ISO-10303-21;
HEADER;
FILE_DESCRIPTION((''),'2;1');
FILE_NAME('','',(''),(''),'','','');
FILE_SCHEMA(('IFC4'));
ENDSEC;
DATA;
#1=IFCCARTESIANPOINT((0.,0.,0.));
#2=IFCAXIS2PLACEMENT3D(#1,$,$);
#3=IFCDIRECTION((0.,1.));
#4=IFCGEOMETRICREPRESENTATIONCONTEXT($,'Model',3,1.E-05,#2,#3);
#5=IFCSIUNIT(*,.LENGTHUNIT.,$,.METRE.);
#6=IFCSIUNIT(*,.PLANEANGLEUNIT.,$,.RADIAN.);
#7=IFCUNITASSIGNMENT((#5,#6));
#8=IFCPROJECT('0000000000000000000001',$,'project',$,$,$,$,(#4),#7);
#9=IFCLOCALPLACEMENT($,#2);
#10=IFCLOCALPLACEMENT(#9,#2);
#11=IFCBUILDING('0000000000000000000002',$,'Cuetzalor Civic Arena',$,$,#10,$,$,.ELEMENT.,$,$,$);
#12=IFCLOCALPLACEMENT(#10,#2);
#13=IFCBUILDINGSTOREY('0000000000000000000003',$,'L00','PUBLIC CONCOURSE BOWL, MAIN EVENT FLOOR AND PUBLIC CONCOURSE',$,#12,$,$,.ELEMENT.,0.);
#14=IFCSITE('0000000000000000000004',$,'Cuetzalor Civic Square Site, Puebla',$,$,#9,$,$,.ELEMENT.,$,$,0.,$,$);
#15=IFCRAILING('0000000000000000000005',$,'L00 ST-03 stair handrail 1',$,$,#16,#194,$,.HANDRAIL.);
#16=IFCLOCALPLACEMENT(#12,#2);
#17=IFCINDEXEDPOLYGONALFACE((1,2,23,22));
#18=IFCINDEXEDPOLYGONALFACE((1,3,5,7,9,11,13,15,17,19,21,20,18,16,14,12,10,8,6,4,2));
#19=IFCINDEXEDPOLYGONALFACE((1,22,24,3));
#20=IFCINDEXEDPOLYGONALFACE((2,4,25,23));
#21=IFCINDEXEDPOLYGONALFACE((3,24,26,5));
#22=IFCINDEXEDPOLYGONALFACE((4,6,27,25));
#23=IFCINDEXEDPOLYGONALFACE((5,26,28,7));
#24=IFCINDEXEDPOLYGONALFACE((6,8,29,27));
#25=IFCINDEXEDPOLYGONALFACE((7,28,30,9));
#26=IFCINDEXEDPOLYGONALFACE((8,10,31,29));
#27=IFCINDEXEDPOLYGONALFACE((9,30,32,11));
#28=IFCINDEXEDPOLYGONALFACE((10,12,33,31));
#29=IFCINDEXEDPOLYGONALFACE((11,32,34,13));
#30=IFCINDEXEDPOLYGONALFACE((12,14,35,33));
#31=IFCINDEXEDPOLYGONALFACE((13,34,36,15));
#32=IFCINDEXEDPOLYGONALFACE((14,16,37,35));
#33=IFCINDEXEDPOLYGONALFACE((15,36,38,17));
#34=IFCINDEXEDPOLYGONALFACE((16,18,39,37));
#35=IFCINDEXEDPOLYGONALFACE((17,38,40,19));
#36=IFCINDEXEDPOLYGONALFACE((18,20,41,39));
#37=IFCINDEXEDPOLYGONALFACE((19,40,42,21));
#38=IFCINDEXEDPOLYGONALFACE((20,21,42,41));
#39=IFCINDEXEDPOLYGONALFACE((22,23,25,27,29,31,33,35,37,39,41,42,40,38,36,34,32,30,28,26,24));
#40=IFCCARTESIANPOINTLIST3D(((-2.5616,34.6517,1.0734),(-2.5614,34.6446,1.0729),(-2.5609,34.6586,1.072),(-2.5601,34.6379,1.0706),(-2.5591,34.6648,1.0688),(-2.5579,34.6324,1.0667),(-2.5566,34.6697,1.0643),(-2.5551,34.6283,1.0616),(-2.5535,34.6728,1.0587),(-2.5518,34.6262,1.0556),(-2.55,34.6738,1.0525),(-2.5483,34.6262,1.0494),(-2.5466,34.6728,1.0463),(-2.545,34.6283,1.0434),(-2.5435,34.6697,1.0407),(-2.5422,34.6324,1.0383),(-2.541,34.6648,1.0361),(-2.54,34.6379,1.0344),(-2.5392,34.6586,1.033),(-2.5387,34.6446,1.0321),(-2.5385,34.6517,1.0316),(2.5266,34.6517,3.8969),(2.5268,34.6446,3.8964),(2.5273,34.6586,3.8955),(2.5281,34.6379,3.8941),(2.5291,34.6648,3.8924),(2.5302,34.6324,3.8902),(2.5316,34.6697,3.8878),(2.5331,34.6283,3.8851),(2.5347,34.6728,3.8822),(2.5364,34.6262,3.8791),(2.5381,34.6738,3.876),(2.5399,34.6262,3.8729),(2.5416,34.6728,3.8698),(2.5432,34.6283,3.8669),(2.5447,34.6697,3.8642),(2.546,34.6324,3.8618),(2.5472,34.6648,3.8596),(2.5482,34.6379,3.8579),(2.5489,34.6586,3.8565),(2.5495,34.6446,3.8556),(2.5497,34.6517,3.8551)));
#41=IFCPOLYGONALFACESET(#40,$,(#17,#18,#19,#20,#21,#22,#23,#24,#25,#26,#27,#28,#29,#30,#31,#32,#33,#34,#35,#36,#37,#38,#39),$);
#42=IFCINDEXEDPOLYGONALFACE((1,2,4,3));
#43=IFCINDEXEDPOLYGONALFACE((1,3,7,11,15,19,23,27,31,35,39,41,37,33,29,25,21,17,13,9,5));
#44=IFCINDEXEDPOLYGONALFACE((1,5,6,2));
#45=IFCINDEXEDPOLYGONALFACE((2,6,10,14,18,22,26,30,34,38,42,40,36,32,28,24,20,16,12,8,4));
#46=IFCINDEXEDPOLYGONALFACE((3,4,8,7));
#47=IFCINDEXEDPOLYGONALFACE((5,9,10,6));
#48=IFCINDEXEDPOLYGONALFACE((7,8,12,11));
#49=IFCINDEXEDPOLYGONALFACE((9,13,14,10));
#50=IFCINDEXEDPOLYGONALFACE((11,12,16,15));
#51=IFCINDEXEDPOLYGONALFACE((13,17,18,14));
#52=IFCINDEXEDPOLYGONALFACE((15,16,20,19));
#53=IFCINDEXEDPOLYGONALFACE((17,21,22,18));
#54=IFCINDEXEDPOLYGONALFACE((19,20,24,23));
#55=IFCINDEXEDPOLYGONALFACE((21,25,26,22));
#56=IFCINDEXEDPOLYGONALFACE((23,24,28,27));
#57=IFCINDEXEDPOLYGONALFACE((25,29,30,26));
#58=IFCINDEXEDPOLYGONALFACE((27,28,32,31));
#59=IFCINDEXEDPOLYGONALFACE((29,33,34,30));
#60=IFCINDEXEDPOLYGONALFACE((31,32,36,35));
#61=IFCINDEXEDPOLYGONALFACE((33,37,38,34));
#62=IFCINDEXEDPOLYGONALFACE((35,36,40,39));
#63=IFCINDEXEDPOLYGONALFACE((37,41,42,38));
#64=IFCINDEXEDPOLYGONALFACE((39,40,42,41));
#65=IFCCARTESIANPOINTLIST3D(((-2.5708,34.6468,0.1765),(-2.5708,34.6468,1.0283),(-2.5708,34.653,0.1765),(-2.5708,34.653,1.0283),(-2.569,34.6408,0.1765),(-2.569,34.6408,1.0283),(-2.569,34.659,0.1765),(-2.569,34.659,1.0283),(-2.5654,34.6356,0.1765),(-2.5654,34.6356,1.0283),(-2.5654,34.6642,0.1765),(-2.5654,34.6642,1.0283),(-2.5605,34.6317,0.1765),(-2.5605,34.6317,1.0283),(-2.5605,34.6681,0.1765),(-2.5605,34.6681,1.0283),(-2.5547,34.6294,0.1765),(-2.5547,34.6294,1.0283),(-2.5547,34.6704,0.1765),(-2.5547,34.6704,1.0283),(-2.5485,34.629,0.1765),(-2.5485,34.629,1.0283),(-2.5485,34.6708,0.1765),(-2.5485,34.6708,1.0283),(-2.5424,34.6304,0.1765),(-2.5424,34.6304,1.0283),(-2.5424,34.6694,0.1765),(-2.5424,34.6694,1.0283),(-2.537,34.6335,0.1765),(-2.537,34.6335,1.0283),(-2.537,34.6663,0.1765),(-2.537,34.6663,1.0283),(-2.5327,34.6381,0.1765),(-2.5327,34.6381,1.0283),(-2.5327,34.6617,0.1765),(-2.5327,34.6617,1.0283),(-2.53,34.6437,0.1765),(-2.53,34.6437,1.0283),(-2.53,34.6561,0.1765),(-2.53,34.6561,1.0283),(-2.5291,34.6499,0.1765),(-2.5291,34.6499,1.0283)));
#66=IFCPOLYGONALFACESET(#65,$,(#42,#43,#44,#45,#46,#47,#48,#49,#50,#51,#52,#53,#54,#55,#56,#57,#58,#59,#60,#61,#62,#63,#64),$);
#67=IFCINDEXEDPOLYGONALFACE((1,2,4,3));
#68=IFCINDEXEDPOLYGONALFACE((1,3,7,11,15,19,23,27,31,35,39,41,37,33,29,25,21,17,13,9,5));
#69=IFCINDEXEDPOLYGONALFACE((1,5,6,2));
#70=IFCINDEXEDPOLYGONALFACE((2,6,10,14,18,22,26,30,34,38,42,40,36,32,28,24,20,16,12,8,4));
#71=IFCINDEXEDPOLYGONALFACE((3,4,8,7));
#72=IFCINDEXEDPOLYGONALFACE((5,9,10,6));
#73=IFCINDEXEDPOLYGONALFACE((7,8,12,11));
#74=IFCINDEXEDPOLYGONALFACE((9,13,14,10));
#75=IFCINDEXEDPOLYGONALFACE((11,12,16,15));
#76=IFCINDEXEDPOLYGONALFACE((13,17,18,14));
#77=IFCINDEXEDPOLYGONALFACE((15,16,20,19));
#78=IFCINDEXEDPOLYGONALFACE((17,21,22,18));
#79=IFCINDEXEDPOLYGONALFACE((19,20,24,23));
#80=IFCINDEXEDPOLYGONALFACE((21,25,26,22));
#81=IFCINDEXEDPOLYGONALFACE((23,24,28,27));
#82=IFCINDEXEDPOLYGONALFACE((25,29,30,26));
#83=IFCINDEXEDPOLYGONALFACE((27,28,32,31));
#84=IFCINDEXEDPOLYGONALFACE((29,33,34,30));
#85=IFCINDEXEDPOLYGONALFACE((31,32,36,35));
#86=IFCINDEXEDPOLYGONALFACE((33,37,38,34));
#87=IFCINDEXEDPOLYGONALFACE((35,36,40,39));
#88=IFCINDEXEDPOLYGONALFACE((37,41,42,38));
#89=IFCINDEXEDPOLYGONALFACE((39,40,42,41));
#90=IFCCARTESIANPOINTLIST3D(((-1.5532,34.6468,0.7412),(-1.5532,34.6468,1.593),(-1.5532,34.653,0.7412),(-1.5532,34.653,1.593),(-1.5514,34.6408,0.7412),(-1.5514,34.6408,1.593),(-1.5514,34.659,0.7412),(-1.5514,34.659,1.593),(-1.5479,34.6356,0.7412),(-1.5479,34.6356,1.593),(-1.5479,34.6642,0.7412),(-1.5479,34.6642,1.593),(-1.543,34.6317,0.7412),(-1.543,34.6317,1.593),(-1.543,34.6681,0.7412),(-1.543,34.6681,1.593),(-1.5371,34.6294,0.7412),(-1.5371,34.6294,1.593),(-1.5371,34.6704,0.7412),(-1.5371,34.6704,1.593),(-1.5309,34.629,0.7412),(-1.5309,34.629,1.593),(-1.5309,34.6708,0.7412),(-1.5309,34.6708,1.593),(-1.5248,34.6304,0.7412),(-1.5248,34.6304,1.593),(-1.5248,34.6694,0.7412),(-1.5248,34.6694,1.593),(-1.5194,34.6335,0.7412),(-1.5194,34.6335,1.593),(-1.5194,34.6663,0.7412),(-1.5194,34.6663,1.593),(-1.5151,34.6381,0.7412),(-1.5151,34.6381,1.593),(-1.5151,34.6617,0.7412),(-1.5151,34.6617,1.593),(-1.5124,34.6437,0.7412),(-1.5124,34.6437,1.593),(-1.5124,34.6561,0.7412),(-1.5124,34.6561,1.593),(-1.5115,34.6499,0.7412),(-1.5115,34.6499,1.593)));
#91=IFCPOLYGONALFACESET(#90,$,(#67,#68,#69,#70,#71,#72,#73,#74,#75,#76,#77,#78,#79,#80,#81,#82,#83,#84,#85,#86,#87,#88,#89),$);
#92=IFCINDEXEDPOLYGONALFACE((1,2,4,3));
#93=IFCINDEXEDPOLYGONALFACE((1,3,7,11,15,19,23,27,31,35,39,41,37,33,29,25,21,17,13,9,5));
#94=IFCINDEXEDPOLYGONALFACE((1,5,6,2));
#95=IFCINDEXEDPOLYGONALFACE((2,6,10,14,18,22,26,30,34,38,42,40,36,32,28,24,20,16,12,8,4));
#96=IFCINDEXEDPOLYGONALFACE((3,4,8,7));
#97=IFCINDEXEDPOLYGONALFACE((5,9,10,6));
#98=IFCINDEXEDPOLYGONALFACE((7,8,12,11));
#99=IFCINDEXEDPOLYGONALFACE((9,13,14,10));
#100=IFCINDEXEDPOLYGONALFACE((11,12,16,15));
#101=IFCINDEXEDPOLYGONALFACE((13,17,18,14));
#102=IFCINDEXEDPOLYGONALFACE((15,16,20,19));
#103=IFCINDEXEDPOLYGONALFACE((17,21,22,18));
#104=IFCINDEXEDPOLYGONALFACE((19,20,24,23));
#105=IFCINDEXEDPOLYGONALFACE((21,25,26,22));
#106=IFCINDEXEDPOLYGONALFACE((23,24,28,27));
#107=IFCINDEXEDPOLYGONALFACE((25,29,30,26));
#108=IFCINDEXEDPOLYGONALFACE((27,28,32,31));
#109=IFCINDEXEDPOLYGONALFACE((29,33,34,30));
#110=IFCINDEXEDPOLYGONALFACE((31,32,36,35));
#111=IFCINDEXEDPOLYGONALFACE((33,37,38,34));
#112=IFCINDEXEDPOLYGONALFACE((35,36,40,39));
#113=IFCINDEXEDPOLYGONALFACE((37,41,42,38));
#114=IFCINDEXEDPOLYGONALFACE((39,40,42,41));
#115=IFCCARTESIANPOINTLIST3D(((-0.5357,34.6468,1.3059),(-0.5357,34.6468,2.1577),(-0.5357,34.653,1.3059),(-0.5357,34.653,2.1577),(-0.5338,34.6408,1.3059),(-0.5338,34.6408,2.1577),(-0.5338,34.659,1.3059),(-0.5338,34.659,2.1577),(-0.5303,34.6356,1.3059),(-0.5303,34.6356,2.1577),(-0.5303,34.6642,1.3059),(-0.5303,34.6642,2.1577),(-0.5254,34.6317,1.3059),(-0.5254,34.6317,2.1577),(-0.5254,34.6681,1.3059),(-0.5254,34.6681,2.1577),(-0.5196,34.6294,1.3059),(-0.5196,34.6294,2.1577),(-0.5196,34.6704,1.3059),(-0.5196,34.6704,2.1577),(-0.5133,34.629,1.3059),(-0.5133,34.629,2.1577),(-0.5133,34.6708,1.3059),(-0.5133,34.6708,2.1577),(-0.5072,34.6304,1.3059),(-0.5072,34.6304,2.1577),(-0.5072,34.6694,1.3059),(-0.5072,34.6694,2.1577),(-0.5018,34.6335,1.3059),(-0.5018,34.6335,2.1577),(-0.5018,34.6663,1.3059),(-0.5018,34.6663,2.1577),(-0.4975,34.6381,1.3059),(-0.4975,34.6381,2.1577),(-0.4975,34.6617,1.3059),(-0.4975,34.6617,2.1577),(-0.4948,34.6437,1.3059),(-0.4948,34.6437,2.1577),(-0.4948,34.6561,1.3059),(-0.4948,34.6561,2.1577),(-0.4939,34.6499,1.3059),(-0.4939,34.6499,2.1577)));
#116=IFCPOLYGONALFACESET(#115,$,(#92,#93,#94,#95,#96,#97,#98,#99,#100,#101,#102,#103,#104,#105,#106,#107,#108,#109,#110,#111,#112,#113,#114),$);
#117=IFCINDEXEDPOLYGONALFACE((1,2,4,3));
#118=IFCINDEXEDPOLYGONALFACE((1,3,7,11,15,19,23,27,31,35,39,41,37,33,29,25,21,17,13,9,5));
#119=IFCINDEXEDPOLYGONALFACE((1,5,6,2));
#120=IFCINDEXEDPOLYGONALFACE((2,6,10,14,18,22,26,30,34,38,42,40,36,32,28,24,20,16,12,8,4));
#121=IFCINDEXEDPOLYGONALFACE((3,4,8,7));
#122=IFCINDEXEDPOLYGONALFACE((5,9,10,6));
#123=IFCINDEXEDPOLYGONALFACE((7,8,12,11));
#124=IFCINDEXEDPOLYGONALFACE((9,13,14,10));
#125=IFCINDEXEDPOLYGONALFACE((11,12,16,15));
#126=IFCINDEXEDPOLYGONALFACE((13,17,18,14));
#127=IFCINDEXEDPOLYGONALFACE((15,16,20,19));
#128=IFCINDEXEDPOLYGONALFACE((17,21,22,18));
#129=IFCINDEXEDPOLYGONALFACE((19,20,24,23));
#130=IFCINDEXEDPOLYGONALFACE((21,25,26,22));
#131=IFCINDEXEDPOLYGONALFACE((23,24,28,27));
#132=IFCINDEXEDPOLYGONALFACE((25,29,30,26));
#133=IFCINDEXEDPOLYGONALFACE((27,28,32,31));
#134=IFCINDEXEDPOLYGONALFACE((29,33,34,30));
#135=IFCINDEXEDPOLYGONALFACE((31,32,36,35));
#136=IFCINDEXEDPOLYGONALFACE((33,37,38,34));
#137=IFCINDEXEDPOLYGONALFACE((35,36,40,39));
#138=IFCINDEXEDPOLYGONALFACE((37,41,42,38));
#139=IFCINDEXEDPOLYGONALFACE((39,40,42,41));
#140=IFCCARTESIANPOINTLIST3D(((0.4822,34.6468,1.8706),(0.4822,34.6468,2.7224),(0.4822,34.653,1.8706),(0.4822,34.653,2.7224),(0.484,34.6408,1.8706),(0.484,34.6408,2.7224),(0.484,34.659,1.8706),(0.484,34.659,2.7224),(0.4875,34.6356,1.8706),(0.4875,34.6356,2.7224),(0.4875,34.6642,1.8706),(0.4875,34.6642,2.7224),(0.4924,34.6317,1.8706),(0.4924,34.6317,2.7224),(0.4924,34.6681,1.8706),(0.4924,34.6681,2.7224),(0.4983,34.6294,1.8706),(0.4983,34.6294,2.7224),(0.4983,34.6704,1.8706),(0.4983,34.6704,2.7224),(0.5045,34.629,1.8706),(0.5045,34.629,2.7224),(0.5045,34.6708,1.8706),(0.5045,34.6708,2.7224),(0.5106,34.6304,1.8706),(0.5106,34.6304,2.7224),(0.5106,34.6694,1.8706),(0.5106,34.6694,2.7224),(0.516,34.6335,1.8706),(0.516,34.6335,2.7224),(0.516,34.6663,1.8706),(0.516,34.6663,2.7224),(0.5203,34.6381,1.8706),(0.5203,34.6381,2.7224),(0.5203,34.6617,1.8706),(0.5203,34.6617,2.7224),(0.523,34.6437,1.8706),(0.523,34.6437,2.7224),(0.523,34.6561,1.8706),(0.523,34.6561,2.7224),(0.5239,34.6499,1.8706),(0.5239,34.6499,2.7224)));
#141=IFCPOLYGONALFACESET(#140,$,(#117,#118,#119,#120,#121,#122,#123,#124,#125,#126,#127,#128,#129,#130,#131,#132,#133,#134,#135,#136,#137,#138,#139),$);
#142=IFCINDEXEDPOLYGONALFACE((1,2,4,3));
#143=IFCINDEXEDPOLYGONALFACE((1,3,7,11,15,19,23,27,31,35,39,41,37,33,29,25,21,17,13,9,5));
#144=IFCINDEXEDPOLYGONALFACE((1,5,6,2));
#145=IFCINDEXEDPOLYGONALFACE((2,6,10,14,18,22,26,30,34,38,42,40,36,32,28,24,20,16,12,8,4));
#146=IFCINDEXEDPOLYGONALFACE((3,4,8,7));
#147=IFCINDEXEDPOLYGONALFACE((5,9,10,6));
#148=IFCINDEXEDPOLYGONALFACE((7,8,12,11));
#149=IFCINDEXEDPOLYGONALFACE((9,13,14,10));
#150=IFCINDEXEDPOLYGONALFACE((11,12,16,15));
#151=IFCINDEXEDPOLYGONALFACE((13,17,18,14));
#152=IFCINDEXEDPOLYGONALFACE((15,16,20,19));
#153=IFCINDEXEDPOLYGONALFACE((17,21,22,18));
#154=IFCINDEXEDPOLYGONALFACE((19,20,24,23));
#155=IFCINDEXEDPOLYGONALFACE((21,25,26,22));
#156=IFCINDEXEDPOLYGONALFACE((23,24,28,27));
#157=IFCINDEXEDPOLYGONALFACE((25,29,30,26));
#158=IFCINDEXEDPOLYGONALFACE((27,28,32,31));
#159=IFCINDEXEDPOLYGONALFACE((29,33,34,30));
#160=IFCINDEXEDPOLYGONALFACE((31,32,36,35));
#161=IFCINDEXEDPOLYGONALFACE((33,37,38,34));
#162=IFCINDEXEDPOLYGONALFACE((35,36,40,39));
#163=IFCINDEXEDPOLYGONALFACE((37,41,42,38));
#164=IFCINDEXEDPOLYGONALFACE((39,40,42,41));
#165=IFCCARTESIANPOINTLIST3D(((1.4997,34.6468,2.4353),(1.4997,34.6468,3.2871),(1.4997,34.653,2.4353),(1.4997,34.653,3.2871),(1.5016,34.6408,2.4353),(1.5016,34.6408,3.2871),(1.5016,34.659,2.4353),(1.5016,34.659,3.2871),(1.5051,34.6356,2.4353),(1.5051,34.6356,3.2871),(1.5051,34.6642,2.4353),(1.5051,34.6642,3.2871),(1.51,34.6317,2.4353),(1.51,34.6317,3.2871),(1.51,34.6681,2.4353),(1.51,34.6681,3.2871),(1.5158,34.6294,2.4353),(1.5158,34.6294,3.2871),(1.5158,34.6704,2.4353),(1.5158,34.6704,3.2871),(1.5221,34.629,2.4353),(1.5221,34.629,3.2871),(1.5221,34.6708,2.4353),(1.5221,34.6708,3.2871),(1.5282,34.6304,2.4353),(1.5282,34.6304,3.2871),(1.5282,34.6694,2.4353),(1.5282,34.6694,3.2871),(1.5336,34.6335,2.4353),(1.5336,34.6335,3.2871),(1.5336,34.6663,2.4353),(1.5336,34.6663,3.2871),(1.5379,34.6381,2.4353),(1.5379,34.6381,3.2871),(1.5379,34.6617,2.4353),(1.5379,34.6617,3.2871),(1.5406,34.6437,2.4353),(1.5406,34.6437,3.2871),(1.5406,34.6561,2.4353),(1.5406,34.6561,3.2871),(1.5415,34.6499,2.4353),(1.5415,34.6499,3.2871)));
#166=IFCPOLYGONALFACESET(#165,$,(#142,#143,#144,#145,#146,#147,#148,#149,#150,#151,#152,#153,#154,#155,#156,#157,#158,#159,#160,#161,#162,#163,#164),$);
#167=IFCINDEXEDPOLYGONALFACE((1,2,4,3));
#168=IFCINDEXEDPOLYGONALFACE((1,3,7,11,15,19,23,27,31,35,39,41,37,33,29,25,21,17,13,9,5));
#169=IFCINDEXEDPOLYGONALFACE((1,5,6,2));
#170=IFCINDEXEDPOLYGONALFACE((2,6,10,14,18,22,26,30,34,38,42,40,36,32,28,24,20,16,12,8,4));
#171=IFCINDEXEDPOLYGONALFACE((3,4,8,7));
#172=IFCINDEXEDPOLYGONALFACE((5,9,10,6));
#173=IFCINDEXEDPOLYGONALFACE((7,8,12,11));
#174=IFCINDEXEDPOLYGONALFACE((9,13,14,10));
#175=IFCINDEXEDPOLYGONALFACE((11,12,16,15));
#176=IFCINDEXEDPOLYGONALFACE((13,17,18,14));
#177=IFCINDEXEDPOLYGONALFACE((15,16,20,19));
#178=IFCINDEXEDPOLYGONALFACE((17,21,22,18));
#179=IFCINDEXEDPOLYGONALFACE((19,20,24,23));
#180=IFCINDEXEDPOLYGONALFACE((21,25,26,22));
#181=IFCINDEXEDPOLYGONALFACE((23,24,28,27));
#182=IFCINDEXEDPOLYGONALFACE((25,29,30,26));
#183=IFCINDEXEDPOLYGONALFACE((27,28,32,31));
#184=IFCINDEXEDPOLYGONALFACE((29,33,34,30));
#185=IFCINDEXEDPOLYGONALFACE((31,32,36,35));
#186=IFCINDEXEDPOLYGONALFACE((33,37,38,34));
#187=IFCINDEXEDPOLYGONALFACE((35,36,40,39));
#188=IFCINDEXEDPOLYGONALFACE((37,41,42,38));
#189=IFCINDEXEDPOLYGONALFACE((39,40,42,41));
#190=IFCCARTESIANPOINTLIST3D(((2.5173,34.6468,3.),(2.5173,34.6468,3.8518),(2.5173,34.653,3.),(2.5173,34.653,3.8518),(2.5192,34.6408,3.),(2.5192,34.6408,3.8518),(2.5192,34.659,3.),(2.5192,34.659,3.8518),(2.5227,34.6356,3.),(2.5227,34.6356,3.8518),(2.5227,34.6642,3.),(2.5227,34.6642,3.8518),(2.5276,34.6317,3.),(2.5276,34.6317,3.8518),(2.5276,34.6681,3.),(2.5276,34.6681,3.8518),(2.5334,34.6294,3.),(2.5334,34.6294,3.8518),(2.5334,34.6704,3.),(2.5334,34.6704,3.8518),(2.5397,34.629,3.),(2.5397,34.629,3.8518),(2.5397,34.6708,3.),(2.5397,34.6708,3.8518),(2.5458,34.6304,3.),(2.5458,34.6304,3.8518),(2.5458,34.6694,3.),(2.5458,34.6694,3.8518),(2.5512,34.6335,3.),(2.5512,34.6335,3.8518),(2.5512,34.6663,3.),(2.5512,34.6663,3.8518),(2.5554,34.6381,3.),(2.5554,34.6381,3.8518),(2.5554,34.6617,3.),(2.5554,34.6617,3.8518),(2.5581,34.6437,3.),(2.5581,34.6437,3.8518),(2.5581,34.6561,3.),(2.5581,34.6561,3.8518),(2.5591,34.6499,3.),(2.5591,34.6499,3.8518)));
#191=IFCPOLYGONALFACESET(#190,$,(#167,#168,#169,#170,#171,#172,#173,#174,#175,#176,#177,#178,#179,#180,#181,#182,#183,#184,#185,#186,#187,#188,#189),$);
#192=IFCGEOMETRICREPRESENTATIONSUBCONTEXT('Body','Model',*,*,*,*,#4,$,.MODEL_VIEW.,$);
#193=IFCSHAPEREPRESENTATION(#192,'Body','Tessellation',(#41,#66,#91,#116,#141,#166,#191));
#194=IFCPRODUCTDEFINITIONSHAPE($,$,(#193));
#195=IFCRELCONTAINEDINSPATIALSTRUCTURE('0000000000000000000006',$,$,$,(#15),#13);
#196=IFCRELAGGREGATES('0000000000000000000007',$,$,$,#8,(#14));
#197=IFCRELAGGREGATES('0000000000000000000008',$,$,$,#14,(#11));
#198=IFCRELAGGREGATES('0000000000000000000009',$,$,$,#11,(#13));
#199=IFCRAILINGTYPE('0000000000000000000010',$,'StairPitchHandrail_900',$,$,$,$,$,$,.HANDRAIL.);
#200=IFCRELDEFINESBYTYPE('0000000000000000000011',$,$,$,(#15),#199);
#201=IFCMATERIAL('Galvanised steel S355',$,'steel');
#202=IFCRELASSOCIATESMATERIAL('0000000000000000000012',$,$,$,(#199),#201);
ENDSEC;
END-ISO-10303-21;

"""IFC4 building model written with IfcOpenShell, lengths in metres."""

from ifc_helpers import new_model, si_unit, direction, frame, origin, origin_2d, place, context, subcontext, project, spatial, circle, extrude, material, type_object, element, save


model = new_model("IFC4")

# Units and contexts
model_context = context("Model", 3, precision=1e-05, world=origin(), true_north=direction((0.0, 1.0)))
body_context = subcontext(model_context, "Body", "Model", "MODEL_VIEW")
ifc_project = project(units=[si_unit("LENGTHUNIT", "METRE"), si_unit("PLANEANGLEUNIT", "RADIAN")], contexts=[model_context])

# Site, building, storey
site_placement = place(None, origin())
site = spatial("IfcSite", under=ifc_project, at=site_placement, Name="Cuetzalor Civic Square Site, Puebla", CompositionType="ELEMENT", RefElevation=0.0)
building_placement = place(site_placement, origin())
building = spatial("IfcBuilding", under=site, at=building_placement, Name="Cuetzalor Civic Arena", CompositionType="ELEMENT")
storey_placement = place(building_placement, origin())
storey = spatial("IfcBuildingStorey", under=building, at=storey_placement, Name="L00", Description="PUBLIC CONCOURSE BOWL, MAIN EVENT FLOOR AND PUBLIC CONCOURSE", CompositionType="ELEMENT", Elevation=0.0)

# Railing
ifc_material_1 = material(Name="Galvanised steel S355", Category="steel")
railing_type_1 = type_object("IfcRailingType", Name="StairPitchHandrail_900", PredefinedType="HANDRAIL", material=ifc_material_1)
railing_1_placement = place(storey_placement, frame((-2.55, 34.6499, 0.1765)))
element("IfcRailing", 1, at=railing_1_placement, inside=storey, type_object=railing_type_1, Name="L00 ST-03 stair handrail 1", PredefinedType="HANDRAIL", context=body_context, shape_type="SweptSolid", body=[
    extrude(circle(Radius=0.0239, at=origin_2d()), frame((0.0, 0.0, 0.876), z_axis=(0.874395, 0.0, 0.485215), x_axis=(0.0, 1.0, 0.0)), (0.0, 0.0, 1.0), 5.8191),
    extrude(circle(Radius=0.021, at=origin_2d()), origin(), (0.0, 0.0, 1.0), 0.8518),
    extrude(circle(Radius=0.021, at=origin_2d()), frame((1.0176, 0.0, 0.5647)), (0.0, 0.0, 1.0), 0.8518),
    extrude(circle(Radius=0.021, at=origin_2d()), frame((2.0352, 0.0, 1.1294)), (0.0, 0.0, 1.0), 0.8518),
    extrude(circle(Radius=0.021, at=origin_2d()), frame((3.053, 0.0, 1.6941)), (0.0, 0.0, 1.0), 0.8518),
    extrude(circle(Radius=0.021, at=origin_2d()), frame((4.0706, 0.0, 2.2588)), (0.0, 0.0, 1.0), 0.8518),
    extrude(circle(Radius=0.021, at=origin_2d()), frame((5.0881, 0.0, 2.8235)), (0.0, 0.0, 1.0), 0.8518),
])

save(model, "model.ifc")
